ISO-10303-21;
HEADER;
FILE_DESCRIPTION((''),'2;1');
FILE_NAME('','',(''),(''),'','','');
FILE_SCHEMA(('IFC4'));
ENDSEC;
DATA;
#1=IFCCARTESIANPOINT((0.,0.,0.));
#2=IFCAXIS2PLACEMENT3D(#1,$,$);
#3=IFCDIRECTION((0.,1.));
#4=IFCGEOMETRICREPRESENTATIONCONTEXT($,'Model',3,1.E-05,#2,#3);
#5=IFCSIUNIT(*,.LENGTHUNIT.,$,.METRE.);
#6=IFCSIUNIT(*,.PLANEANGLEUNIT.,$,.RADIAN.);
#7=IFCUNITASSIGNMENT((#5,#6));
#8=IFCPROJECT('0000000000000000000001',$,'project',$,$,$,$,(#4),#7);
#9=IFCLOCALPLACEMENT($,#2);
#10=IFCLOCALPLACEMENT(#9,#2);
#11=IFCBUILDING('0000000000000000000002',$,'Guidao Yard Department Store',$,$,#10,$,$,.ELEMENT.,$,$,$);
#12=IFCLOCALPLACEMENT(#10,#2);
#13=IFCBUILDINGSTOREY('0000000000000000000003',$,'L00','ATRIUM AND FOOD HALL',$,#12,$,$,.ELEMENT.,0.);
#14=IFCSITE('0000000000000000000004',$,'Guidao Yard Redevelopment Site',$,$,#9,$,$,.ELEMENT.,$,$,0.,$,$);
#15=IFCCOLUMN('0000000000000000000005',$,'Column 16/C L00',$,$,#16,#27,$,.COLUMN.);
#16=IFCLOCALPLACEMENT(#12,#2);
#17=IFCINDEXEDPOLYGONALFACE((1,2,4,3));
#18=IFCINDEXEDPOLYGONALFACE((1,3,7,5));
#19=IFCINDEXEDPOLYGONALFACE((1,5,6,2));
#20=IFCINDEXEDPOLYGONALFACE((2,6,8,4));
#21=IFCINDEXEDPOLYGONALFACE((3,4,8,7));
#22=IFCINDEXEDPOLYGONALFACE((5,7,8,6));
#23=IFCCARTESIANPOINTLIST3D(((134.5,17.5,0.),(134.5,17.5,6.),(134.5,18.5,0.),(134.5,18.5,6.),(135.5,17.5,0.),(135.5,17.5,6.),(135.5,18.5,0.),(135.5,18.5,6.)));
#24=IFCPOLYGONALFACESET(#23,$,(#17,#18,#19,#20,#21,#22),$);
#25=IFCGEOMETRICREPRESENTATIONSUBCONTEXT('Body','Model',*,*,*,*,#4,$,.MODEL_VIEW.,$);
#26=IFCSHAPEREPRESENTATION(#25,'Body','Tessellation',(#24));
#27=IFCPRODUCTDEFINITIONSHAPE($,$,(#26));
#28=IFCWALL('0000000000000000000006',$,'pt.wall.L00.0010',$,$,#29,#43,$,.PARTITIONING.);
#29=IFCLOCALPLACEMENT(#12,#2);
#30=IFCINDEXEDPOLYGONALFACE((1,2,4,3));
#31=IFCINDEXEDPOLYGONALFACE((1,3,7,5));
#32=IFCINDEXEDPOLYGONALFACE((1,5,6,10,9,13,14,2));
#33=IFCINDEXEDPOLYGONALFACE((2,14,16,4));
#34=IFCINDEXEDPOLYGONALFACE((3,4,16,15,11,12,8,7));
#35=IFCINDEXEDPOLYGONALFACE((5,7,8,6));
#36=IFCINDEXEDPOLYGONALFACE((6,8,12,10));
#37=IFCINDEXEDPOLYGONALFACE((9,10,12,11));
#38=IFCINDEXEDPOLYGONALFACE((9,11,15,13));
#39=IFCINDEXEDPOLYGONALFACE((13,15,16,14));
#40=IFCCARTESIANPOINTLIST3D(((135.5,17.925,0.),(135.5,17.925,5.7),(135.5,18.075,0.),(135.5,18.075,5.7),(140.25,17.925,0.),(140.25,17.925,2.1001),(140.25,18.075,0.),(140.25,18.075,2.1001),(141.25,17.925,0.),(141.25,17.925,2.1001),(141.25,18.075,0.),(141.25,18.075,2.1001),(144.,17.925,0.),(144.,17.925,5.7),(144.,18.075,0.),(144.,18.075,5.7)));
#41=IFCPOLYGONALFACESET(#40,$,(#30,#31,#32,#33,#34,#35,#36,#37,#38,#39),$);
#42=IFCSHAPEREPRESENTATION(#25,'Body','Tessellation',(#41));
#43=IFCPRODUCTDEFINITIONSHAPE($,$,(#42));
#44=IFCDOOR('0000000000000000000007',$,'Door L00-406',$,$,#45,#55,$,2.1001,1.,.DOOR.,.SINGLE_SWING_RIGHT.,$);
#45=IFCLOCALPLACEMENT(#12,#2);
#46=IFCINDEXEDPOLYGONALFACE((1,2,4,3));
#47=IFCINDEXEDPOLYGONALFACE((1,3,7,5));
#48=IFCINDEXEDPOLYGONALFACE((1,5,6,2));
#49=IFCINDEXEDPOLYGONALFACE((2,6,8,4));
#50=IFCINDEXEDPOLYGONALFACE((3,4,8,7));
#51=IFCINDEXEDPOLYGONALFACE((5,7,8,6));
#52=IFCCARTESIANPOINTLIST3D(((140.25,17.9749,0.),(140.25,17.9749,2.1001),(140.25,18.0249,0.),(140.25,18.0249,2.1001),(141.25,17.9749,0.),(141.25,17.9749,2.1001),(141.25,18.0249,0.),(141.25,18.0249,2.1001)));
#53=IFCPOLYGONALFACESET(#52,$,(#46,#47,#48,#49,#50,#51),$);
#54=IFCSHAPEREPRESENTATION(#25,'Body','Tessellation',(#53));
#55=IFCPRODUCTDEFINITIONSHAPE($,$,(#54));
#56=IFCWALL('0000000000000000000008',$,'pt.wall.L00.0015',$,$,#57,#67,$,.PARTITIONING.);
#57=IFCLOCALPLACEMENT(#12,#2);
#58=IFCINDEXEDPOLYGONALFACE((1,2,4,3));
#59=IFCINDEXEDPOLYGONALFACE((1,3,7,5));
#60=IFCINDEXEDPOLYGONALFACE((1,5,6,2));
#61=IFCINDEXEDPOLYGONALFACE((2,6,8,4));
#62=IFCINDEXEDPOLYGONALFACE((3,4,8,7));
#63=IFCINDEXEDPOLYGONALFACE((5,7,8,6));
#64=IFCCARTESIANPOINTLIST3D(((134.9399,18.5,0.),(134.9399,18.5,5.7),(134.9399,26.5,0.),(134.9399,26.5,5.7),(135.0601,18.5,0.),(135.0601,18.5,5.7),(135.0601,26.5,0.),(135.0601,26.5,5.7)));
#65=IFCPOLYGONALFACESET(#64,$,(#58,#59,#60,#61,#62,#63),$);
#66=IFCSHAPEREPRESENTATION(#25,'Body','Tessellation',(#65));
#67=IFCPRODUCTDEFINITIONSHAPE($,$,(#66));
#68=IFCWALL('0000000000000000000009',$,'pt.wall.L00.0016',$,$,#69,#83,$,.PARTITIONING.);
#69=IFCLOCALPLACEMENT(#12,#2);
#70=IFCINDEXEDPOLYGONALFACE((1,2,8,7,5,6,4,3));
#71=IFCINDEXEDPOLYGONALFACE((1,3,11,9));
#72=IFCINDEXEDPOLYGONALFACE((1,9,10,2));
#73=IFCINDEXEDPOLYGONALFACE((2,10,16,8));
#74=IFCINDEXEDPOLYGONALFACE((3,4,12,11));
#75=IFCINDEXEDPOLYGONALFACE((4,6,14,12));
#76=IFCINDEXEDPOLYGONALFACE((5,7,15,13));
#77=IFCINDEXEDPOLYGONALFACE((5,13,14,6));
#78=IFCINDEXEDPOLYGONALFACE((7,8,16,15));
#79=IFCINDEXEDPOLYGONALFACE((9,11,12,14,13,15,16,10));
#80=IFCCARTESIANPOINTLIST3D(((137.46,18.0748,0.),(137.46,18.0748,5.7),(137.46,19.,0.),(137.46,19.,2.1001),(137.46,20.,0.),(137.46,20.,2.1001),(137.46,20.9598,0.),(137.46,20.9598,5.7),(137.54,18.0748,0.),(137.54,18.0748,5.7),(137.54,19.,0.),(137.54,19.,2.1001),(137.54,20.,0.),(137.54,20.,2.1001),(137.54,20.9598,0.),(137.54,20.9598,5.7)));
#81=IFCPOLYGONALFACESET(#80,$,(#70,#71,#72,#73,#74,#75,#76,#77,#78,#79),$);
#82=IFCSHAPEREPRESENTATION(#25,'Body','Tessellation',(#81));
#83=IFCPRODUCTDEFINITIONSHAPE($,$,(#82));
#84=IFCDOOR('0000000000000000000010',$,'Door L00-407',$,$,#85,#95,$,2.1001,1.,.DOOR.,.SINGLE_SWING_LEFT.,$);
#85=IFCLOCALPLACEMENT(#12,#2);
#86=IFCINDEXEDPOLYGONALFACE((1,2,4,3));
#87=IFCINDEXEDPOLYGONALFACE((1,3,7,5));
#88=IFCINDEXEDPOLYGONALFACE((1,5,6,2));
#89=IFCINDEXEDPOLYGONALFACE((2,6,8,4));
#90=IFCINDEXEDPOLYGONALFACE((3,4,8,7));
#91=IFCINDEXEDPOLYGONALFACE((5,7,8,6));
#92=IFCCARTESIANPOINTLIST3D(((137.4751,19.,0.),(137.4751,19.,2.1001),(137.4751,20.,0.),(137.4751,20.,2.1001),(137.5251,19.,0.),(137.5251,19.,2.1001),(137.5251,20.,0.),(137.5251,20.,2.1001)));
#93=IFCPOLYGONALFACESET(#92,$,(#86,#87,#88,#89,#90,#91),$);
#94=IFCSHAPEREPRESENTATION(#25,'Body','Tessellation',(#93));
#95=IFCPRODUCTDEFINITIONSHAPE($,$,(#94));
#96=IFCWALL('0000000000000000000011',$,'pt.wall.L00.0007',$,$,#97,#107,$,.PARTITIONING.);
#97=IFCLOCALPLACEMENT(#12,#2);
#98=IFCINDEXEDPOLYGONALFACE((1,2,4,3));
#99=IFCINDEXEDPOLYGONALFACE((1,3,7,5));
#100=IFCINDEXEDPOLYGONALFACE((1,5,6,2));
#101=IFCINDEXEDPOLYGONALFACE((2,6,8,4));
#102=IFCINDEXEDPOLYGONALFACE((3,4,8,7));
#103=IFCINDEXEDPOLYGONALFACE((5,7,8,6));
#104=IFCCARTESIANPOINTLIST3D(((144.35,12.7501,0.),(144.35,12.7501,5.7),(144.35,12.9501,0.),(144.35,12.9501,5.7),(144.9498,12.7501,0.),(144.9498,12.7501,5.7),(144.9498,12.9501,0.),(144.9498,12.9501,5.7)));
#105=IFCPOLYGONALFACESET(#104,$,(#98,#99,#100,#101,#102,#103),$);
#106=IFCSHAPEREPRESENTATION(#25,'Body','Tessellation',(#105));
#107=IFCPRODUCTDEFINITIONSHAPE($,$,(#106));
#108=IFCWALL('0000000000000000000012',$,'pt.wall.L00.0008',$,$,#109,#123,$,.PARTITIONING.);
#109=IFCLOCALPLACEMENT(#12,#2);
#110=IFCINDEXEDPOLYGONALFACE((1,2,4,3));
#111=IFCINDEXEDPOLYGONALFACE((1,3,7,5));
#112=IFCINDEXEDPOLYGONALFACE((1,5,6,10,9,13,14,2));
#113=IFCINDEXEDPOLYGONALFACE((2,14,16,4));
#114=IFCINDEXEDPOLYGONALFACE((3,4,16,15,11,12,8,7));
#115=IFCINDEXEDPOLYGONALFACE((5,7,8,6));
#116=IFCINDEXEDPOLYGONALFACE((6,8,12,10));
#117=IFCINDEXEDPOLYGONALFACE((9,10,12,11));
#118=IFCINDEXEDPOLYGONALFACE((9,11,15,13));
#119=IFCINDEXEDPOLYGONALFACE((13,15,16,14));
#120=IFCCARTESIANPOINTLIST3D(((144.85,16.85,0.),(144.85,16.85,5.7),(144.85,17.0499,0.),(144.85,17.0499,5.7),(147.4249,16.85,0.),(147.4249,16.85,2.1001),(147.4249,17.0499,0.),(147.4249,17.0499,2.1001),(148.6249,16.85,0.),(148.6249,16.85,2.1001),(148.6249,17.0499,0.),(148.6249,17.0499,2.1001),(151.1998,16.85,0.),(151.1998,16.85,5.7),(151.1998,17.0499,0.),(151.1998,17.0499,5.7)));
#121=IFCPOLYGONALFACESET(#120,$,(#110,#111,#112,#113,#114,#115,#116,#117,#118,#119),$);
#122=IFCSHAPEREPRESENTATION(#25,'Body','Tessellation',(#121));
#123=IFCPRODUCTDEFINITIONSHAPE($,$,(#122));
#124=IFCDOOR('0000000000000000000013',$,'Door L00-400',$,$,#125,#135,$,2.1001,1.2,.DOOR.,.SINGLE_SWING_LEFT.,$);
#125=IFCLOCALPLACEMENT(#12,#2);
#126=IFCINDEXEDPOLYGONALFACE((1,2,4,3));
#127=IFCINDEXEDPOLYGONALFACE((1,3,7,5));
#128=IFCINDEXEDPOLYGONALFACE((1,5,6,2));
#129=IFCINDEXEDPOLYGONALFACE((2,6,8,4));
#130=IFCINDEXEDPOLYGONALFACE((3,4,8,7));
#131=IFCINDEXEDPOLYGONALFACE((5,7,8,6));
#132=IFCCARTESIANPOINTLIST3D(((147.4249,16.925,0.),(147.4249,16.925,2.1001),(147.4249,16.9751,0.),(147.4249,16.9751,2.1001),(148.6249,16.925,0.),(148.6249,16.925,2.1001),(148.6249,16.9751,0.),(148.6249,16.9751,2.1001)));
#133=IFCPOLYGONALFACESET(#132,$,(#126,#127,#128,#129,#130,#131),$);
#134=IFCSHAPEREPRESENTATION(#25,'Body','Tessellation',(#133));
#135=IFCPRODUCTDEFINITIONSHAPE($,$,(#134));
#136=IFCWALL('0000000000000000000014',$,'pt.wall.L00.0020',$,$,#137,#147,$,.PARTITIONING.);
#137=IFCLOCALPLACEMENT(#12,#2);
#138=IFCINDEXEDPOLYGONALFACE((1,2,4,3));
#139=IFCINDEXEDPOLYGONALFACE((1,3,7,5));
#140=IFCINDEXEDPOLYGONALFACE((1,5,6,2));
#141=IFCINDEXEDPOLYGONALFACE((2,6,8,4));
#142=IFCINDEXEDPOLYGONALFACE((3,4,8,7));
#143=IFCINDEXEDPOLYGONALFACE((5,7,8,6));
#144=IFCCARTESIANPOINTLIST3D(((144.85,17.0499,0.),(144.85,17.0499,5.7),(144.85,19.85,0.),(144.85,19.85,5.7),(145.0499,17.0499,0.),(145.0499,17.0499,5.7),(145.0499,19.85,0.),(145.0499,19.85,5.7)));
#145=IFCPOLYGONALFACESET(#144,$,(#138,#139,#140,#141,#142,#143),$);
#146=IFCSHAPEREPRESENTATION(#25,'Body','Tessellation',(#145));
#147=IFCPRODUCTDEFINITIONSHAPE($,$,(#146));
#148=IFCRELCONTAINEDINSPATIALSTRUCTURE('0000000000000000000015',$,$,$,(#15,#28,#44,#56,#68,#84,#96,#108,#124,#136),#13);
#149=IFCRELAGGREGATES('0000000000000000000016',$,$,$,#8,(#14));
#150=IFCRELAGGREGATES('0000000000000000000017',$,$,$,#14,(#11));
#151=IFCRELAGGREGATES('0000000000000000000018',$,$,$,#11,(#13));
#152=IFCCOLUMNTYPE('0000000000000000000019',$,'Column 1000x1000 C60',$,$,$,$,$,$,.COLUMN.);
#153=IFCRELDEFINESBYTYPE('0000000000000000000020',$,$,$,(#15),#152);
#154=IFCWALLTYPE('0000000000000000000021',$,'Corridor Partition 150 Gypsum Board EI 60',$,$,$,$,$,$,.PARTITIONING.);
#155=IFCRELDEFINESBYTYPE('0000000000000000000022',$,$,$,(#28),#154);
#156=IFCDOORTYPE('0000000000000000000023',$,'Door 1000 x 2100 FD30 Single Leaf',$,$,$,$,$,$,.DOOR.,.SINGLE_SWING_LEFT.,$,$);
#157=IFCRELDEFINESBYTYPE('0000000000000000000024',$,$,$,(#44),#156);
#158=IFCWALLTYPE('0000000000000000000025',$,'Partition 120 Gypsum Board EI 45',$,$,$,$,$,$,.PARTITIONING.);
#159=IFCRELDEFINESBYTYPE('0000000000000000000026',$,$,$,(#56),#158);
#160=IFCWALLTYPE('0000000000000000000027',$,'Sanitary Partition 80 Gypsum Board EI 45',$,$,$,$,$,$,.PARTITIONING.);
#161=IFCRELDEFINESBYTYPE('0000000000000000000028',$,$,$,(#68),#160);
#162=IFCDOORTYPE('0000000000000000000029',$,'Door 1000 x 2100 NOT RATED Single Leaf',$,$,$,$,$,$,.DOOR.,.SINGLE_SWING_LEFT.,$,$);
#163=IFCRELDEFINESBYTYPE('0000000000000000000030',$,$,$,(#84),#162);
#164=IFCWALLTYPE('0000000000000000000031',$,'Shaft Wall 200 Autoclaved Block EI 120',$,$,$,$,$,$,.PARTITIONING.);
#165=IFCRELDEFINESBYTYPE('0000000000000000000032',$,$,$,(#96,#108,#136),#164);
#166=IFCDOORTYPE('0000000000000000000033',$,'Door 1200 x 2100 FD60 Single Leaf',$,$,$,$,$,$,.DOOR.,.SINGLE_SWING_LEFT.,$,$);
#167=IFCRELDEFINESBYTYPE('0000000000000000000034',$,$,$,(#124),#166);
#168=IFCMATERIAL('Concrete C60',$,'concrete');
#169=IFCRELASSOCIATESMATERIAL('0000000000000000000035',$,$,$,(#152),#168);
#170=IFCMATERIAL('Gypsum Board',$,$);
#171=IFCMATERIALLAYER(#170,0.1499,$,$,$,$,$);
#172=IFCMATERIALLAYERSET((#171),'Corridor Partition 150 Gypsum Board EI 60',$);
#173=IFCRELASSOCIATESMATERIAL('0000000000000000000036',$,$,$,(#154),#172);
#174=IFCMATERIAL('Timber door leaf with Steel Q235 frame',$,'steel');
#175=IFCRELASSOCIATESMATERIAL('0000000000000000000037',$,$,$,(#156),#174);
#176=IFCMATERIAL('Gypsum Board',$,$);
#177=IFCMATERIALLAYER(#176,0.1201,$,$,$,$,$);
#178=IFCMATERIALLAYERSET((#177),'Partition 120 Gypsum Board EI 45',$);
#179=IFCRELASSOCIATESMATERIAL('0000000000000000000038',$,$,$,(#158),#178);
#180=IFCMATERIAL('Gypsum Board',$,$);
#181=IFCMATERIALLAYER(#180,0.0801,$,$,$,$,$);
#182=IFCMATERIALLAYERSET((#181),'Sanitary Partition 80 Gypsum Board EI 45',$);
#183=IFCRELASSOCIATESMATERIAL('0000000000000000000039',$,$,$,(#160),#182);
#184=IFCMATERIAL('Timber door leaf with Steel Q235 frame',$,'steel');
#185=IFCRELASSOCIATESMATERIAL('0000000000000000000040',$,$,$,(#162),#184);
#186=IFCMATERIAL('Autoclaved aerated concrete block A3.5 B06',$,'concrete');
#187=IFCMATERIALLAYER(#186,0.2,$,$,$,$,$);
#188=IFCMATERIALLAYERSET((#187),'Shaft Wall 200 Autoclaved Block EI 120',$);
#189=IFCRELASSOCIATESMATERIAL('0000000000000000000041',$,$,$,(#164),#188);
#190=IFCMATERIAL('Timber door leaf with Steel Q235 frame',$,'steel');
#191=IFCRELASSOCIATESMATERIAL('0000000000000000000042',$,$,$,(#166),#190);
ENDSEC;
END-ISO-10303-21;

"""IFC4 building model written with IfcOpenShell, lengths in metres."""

from ifc_helpers import new_model, si_unit, direction, frame, frame_2d, origin, origin_2d, place, context, subcontext, project, spatial, rectangle, extrude, material, layer, layer_set, material_profile, profile_set, type_object, element, fill, save


model = new_model("IFC4")

# Units and contexts
model_context = context("Model", 3, precision=1e-05, world=origin(), true_north=direction((0.0, 1.0)))
body_context = subcontext(model_context, "Body", "Model", "MODEL_VIEW")
ifc_project = project(units=[si_unit("LENGTHUNIT", "METRE"), si_unit("PLANEANGLEUNIT", "RADIAN")], contexts=[model_context])

# Site, building, storey
site_placement = place(None, origin())
site = spatial("IfcSite", under=ifc_project, at=site_placement, Name="Guidao Yard Redevelopment Site", CompositionType="ELEMENT", RefElevation=0.0)
building_placement = place(site_placement, origin())
building = spatial("IfcBuilding", under=site, at=building_placement, Name="Guidao Yard Department Store", CompositionType="ELEMENT")
storey_placement = place(building_placement, origin())
storey = spatial("IfcBuildingStorey", under=building, at=storey_placement, Name="L00", Description="ATRIUM AND FOOD HALL", CompositionType="ELEMENT", Elevation=0.0)

# Column
ifc_material_1 = material(Name="Concrete C60", Category="concrete")
ifc_material_profile = material_profile(ifc_material_1, rectangle(XDim=1.0, YDim=1.0, at=origin_2d()), Name="COL 1000x1000")
ifc_profile_set = profile_set([ifc_material_profile], Name="Concrete C60")
column_type = type_object("IfcColumnType", Name="Column 1000x1000 C60", PredefinedType="COLUMN", material=ifc_profile_set)
column_placement = place(storey_placement, frame((135.0, 18.0, 0.0), z_axis=(0.0, 0.0, 1.0), x_axis=(1.0, 0.0, 0.0)))
element("IfcColumn", 1, at=column_placement, inside=storey, type_object=column_type, Name="Column 16/C L00", PredefinedType="COLUMN", context=body_context, shape_type="SweptSolid", body=[
    extrude(rectangle(XDim=1.0, YDim=1.0, at=origin_2d()), origin(), (0.0, 0.0, 1.0), 6.0),
])

# Wall, opening, door
ifc_material_2 = material(Name="Gypsum Board")
ifc_layer_1 = layer(ifc_material_2, 0.1499)
ifc_layer_set_1 = layer_set([ifc_layer_1], Name="Corridor Partition 150 Gypsum Board EI 60")
wall_type_1 = type_object("IfcWallType", Name="Corridor Partition 150 Gypsum Board EI 60", PredefinedType="PARTITIONING", material=ifc_layer_set_1)
wall_1_placement = place(storey_placement, frame((135.5, 18.0, 0.0), z_axis=(0.0, 0.0, 1.0), x_axis=(1.0, 0.0, 0.0)))
wall_1 = element("IfcWall", 2, at=wall_1_placement, inside=storey, type_object=wall_type_1, Name="pt.wall.L00.0010", PredefinedType="PARTITIONING", context=body_context, shape_type="SweptSolid", body=[
    extrude(rectangle(XDim=8.5, YDim=0.1499, at=frame_2d((4.25, 0.0))), origin(), (0.0, 0.0, 1.0), 5.7),
])
opening_1_placement = place(wall_1_placement, frame((4.75, 0.0, 0.0)))
opening_1 = element("IfcOpeningElement", 3, at=opening_1_placement, cuts=wall_1, PredefinedType="OPENING", context=body_context, shape_type="SweptSolid", body=[
    extrude(rectangle(XDim=1.0, YDim=2.1001, at=frame_2d((0.5, 1.05))), frame((0.0, 0.085, 0.0), z_axis=(0.0, -1.0, 0.0), x_axis=(1.0, 0.0, 0.0)), (0.0, 0.0, 1.0), 0.1699),
])
ifc_material_3 = material(Name="Timber door leaf with Steel Q235 frame", Category="steel")
door_type_1 = type_object("IfcDoorType", Name="Door 1000 x 2100 FD30 Single Leaf", OperationType="SINGLE_SWING_LEFT", PredefinedType="DOOR", material=ifc_material_3)
door_1_placement = place(opening_1_placement, origin())
door_1 = element("IfcDoor", 4, at=door_1_placement, inside=storey, type_object=door_type_1, Name="Door L00-406", OperationType="SINGLE_SWING_RIGHT", OverallHeight=2.1001, OverallWidth=1.0, PredefinedType="DOOR", context=body_context, shape_type="SweptSolid", body=[
    extrude(rectangle(XDim=1.0, YDim=2.1001, at=frame_2d((0.5, 1.05))), frame((0.0, 0.0249, 0.0), z_axis=(0.0, -1.0, 0.0), x_axis=(1.0, 0.0, 0.0)), (0.0, 0.0, 1.0), 0.05),
])
fill(opening_1, door_1)

# Wall
ifc_material_4 = material(Name="Gypsum Board")
ifc_layer_2 = layer(ifc_material_4, 0.1201)
ifc_layer_set_2 = layer_set([ifc_layer_2], Name="Partition 120 Gypsum Board EI 45")
wall_type_2 = type_object("IfcWallType", Name="Partition 120 Gypsum Board EI 45", PredefinedType="PARTITIONING", material=ifc_layer_set_2)
wall_2_placement = place(storey_placement, frame((135.0, 18.5, 0.0), z_axis=(0.0, 0.0, 1.0), x_axis=(0.0, 1.0, 0.0)))
element("IfcWall", 5, at=wall_2_placement, inside=storey, type_object=wall_type_2, Name="pt.wall.L00.0015", PredefinedType="PARTITIONING", context=body_context, shape_type="SweptSolid", body=[
    extrude(rectangle(XDim=8.0, YDim=0.1201, at=frame_2d((4.0, 0.0))), origin(), (0.0, 0.0, 1.0), 5.7),
])

# Wall, opening, door
ifc_material_5 = material(Name="Gypsum Board")
ifc_layer_3 = layer(ifc_material_5, 0.0801)
ifc_layer_set_3 = layer_set([ifc_layer_3], Name="Sanitary Partition 80 Gypsum Board EI 45")
wall_type_3 = type_object("IfcWallType", Name="Sanitary Partition 80 Gypsum Board EI 45", PredefinedType="PARTITIONING", material=ifc_layer_set_3)
wall_3_placement = place(storey_placement, frame((137.5, 18.075, 0.0), z_axis=(0.0, 0.0, 1.0), x_axis=(0.0, 1.0, 0.0)))
wall_3 = element("IfcWall", 6, at=wall_3_placement, inside=storey, type_object=wall_type_3, Name="pt.wall.L00.0016", PredefinedType="PARTITIONING", context=body_context, shape_type="SweptSolid", body=[
    extrude(rectangle(XDim=2.885, YDim=0.0801, at=frame_2d((1.4424, 0.0))), origin(), (0.0, 0.0, 1.0), 5.7),
])
opening_2_placement = place(wall_3_placement, frame((0.925, 0.0, 0.0)))
opening_2 = element("IfcOpeningElement", 7, at=opening_2_placement, cuts=wall_3, PredefinedType="OPENING", context=body_context, shape_type="SweptSolid", body=[
    extrude(rectangle(XDim=1.0, YDim=2.1001, at=frame_2d((0.5, 1.05))), frame((0.0, 0.05, 0.0), z_axis=(0.0, -1.0, 0.0), x_axis=(1.0, 0.0, 0.0)), (0.0, 0.0, 1.0), 0.1001),
])
ifc_material_6 = material(Name="Timber door leaf with Steel Q235 frame", Category="steel")
door_type_2 = type_object("IfcDoorType", Name="Door 1000 x 2100 NOT RATED Single Leaf", OperationType="SINGLE_SWING_LEFT", PredefinedType="DOOR", material=ifc_material_6)
door_2_placement = place(opening_2_placement, origin())
door_2 = element("IfcDoor", 8, at=door_2_placement, inside=storey, type_object=door_type_2, Name="Door L00-407", OperationType="SINGLE_SWING_LEFT", OverallHeight=2.1001, OverallWidth=1.0, PredefinedType="DOOR", context=body_context, shape_type="SweptSolid", body=[
    extrude(rectangle(XDim=1.0, YDim=2.1001, at=frame_2d((0.5, 1.05))), frame((0.0, 0.0249, 0.0), z_axis=(0.0, -1.0, 0.0), x_axis=(1.0, 0.0, 0.0)), (0.0, 0.0, 1.0), 0.05),
])
fill(opening_2, door_2)

# Wall
ifc_material_7 = material(Name="Autoclaved aerated concrete block A3.5 B06", Category="concrete")
ifc_layer_4 = layer(ifc_material_7, 0.2)
ifc_layer_set_4 = layer_set([ifc_layer_4], Name="Shaft Wall 200 Autoclaved Block EI 120")
wall_type_4 = type_object("IfcWallType", Name="Shaft Wall 200 Autoclaved Block EI 120", PredefinedType="PARTITIONING", material=ifc_layer_set_4)
wall_4_placement = place(storey_placement, frame((144.3501, 12.8501, 0.0), z_axis=(0.0, 0.0, 1.0), x_axis=(1.0, 0.0, 0.0)))
element("IfcWall", 9, at=wall_4_placement, inside=storey, type_object=wall_type_4, Name="pt.wall.L00.0007", PredefinedType="PARTITIONING", context=body_context, shape_type="SweptSolid", body=[
    extrude(rectangle(XDim=0.5999, YDim=0.2, at=frame_2d((0.2998, 0.0))), origin(), (0.0, 0.0, 1.0), 5.7),
])

# Wall, opening, door
wall_5_placement = place(storey_placement, frame((144.8501, 16.95, 0.0), z_axis=(0.0, 0.0, 1.0), x_axis=(1.0, 0.0, 0.0)))
wall_5 = element("IfcWall", 10, at=wall_5_placement, inside=storey, type_object=wall_type_4, Name="pt.wall.L00.0008", PredefinedType="PARTITIONING", context=body_context, shape_type="SweptSolid", body=[
    extrude(rectangle(XDim=6.3499, YDim=0.2, at=frame_2d((3.1748, 0.0))), origin(), (0.0, 0.0, 1.0), 5.7),
])
opening_3_placement = place(wall_5_placement, frame((3.7749, 0.0, 0.0), z_axis=(0.0, 0.0, 1.0), x_axis=(-1.0, 0.0, 0.0)))
opening_3 = element("IfcOpeningElement", 11, at=opening_3_placement, cuts=wall_5, PredefinedType="OPENING", context=body_context, shape_type="SweptSolid", body=[
    extrude(rectangle(XDim=1.2, YDim=2.1001, at=frame_2d((0.6001, 1.05))), frame((0.0, 0.1099, 0.0), z_axis=(0.0, -1.0, 0.0), x_axis=(1.0, 0.0, 0.0)), (0.0, 0.0, 1.0), 0.22),
])
ifc_material_8 = material(Name="Timber door leaf with Steel Q235 frame", Category="steel")
door_type_3 = type_object("IfcDoorType", Name="Door 1200 x 2100 FD60 Single Leaf", OperationType="SINGLE_SWING_LEFT", PredefinedType="DOOR", material=ifc_material_8)
door_3_placement = place(opening_3_placement, origin())
door_3 = element("IfcDoor", 12, at=door_3_placement, inside=storey, type_object=door_type_3, Name="Door L00-400", OperationType="SINGLE_SWING_LEFT", OverallHeight=2.1001, OverallWidth=1.2, PredefinedType="DOOR", context=body_context, shape_type="SweptSolid", body=[
    extrude(rectangle(XDim=1.2, YDim=2.1001, at=frame_2d((0.6001, 1.05))), frame((0.0, 0.0249, 0.0), z_axis=(0.0, -1.0, 0.0), x_axis=(1.0, 0.0, 0.0)), (0.0, 0.0, 1.0), 0.05),
])
fill(opening_3, door_3)

# Wall
wall_6_placement = place(storey_placement, frame((144.95, 17.05, 0.0), z_axis=(0.0, 0.0, 1.0), x_axis=(0.0, 1.0, 0.0)))
element("IfcWall", 13, at=wall_6_placement, inside=storey, type_object=wall_type_4, Name="pt.wall.L00.0020", PredefinedType="PARTITIONING", context=body_context, shape_type="SweptSolid", body=[
    extrude(rectangle(XDim=2.8, YDim=0.2, at=frame_2d((1.3999, 0.0))), origin(), (0.0, 0.0, 1.0), 5.7),
])

save(model, "model.ifc")
